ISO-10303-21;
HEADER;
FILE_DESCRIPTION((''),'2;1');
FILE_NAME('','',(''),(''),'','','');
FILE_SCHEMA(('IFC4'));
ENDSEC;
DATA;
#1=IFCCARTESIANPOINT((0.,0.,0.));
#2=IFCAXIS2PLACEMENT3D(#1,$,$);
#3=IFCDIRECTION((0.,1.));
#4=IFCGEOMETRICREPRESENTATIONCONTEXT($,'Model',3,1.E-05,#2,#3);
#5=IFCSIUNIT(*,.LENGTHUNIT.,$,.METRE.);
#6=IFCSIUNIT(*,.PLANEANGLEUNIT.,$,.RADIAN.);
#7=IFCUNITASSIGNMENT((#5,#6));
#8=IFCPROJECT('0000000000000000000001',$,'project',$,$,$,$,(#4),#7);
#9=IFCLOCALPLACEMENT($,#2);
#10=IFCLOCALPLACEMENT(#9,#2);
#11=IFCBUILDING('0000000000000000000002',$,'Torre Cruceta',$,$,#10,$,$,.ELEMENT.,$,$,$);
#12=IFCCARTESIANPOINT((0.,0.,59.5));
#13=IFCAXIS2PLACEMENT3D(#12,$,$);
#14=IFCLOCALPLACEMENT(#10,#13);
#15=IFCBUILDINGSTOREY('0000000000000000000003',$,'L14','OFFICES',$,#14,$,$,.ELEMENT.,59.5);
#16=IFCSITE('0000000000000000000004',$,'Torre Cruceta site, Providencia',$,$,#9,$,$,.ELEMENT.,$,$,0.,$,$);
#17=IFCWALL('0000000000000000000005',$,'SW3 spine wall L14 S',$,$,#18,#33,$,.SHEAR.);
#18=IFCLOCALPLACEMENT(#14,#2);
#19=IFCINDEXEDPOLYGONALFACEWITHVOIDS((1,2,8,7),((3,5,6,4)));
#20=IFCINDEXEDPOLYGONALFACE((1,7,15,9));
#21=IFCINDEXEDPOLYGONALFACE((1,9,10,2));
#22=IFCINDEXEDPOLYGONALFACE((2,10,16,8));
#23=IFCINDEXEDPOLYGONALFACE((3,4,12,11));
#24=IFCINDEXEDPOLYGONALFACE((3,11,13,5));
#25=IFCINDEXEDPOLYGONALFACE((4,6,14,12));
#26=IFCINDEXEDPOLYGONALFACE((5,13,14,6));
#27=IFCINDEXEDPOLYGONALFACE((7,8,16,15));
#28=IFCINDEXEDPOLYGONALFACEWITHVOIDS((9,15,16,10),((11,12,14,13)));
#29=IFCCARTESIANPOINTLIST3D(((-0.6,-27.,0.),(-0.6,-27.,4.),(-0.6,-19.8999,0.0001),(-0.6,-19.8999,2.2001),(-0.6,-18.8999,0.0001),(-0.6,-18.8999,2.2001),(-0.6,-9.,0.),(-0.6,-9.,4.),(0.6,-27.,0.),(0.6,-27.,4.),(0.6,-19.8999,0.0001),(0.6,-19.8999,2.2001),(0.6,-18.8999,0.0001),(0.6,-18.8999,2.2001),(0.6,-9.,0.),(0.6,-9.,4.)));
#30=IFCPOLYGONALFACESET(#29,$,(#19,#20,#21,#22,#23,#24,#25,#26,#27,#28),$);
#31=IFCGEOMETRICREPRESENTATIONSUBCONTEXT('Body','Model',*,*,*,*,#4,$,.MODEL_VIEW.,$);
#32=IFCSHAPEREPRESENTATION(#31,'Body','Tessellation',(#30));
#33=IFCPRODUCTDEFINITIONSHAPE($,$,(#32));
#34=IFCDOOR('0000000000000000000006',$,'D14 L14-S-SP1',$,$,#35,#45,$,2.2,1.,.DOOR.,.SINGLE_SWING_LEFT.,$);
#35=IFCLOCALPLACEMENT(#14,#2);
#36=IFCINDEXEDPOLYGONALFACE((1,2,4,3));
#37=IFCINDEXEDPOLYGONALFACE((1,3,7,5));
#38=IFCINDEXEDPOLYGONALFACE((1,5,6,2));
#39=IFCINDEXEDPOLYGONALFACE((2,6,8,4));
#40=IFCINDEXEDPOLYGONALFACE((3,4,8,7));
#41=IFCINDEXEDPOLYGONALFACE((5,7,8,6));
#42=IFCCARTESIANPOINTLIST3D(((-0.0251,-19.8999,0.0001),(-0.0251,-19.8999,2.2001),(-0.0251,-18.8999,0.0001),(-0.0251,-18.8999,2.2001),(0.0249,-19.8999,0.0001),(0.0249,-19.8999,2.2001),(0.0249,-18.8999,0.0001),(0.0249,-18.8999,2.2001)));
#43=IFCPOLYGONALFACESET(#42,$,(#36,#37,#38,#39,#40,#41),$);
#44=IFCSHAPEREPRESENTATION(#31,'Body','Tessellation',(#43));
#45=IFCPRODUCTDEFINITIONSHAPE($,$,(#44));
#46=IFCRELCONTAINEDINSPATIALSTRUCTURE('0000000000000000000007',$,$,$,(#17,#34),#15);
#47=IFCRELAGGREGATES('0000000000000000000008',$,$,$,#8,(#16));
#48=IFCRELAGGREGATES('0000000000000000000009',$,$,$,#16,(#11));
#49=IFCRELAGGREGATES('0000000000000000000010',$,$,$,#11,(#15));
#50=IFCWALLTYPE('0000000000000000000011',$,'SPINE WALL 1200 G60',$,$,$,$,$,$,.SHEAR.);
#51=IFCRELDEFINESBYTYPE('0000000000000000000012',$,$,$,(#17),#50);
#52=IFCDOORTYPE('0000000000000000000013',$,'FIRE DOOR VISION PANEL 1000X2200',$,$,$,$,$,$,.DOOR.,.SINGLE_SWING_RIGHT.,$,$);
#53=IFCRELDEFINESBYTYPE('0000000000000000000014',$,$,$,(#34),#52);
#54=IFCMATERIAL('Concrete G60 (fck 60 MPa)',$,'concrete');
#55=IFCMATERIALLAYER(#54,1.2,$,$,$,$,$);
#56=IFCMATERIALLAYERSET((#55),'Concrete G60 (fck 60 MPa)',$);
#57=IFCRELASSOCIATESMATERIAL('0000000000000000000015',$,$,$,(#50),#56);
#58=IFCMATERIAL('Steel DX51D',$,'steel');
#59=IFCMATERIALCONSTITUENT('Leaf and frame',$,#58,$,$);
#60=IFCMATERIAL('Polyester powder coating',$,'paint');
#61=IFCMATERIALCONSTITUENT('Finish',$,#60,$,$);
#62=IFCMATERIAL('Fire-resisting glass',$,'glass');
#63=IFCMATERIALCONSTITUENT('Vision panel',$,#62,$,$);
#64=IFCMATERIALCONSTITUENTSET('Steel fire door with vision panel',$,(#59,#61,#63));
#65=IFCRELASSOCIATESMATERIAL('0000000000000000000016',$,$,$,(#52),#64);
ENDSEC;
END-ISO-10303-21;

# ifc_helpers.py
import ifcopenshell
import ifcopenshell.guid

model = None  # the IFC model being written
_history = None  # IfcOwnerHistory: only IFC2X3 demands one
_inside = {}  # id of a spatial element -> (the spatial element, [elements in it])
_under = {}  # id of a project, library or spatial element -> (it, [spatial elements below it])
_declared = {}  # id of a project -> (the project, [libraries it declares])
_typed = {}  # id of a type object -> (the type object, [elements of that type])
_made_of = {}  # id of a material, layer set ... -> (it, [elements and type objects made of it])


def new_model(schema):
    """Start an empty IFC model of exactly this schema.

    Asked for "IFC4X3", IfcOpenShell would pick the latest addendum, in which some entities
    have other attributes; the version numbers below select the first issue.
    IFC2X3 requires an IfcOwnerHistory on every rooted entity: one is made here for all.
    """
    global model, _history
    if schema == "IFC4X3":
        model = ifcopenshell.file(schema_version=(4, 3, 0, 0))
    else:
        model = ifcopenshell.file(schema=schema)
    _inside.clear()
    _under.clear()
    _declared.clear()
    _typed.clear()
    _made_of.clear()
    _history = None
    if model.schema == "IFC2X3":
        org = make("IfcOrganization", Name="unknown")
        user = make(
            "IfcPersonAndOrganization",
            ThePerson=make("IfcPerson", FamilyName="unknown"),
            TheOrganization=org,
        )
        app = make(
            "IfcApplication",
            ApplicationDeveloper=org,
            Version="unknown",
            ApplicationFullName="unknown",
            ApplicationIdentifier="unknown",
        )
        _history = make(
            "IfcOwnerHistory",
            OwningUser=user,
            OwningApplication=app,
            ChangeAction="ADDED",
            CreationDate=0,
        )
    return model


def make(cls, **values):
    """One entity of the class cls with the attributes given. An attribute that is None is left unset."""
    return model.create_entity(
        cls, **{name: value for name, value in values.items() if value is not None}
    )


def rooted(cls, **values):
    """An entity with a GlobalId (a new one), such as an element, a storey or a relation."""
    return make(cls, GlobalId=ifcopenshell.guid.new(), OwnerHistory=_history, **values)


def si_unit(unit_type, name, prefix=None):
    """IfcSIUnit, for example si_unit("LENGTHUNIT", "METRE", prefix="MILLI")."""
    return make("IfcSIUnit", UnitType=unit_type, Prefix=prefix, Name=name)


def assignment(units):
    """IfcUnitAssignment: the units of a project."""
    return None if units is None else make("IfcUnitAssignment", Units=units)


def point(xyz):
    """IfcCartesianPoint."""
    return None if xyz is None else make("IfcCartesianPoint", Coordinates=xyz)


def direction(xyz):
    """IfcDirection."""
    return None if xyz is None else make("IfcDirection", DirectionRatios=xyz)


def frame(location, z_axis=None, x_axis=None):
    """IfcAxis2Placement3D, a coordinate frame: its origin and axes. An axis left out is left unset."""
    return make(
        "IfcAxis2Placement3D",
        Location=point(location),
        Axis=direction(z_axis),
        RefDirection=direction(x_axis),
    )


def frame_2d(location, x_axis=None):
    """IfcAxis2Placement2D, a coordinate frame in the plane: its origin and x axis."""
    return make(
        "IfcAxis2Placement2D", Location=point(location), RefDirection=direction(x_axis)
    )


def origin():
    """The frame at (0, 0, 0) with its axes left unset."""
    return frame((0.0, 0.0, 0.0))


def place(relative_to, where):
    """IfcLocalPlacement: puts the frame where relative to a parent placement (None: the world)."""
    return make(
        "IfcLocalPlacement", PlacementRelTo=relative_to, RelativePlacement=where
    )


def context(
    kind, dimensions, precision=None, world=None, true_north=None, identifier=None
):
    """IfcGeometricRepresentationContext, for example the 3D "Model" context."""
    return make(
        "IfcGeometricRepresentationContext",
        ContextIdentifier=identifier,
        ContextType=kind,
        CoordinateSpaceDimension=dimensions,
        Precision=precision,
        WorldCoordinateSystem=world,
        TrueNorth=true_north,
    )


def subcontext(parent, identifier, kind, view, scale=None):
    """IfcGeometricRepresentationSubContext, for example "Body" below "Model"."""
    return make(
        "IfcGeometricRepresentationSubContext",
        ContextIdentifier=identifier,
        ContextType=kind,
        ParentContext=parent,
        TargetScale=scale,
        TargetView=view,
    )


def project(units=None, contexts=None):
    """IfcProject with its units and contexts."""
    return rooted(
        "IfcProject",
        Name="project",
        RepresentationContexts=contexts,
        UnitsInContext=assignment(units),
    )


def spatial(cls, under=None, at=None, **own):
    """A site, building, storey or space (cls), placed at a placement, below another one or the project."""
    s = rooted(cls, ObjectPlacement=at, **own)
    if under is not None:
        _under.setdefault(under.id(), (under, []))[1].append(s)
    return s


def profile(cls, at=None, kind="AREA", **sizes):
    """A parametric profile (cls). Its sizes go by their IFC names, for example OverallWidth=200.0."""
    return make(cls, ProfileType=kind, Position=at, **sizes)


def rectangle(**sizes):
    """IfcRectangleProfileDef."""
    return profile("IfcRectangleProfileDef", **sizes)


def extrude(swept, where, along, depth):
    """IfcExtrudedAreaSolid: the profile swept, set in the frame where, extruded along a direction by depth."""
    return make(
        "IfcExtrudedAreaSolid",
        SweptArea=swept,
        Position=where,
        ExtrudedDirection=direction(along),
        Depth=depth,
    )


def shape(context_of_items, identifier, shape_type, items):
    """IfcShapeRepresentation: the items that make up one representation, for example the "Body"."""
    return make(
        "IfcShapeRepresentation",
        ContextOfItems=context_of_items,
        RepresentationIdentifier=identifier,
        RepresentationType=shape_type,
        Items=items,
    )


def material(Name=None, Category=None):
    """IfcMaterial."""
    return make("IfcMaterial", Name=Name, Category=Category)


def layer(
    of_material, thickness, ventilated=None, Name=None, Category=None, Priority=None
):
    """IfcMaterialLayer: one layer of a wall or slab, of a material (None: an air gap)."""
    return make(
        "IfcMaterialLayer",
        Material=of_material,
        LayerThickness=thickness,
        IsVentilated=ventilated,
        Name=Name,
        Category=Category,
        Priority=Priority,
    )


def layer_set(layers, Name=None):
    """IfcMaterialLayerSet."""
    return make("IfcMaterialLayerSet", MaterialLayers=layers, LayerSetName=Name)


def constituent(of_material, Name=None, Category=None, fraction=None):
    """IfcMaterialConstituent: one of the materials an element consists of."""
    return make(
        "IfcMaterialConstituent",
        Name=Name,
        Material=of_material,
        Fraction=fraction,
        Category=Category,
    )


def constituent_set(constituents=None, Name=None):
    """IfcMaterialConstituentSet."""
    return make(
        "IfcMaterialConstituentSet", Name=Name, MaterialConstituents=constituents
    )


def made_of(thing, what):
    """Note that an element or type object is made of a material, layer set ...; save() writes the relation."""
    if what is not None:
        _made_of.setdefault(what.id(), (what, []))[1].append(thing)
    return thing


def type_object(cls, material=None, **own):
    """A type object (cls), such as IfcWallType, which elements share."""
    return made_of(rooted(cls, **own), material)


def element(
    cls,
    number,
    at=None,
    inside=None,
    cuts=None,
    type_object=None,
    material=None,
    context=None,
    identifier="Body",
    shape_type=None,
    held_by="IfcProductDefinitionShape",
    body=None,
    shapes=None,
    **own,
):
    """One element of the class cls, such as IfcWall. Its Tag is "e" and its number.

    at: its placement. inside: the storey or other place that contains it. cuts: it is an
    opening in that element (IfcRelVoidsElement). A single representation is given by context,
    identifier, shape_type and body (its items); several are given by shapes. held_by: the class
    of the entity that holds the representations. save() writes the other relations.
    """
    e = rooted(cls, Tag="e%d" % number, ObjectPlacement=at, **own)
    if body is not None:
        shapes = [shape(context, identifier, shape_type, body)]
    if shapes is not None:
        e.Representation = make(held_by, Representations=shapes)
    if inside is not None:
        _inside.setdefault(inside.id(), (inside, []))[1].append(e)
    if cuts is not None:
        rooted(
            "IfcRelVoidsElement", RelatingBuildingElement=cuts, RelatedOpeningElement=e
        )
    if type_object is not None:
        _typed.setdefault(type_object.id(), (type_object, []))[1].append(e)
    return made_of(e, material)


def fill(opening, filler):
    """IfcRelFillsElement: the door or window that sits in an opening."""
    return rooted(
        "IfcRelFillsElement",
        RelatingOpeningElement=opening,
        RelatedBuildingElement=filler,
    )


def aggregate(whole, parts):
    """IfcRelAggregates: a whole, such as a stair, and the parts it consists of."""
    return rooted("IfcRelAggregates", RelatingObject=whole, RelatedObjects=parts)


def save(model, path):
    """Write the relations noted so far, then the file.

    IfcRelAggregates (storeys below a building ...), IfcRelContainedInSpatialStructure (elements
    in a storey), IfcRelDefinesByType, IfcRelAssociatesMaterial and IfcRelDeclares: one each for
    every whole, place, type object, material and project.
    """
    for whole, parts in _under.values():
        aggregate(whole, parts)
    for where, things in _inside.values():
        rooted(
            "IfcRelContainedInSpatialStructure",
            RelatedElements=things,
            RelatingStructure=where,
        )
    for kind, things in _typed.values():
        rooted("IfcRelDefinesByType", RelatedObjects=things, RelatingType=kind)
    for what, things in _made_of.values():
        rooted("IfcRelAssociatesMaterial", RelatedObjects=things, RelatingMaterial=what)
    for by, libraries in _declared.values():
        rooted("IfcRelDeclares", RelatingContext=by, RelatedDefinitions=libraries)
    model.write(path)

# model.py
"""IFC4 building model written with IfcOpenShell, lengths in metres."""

from ifc_helpers import new_model, si_unit, direction, frame, frame_2d, origin, place, context, subcontext, project, spatial, rectangle, extrude, material, layer, layer_set, constituent, constituent_set, type_object, element, fill, save


model = new_model("IFC4")

# Units and contexts
model_context = context("Model", 3, precision=1e-05, world=origin(), true_north=direction((0.0, 1.0)))
body_context = subcontext(model_context, "Body", "Model", "MODEL_VIEW")
ifc_project = project(units=[si_unit("LENGTHUNIT", "METRE"), si_unit("PLANEANGLEUNIT", "RADIAN")], contexts=[model_context])

# Site, building, storey
site_placement = place(None, origin())
site = spatial("IfcSite", under=ifc_project, at=site_placement, Name="Torre Cruceta site, Providencia", CompositionType="ELEMENT", RefElevation=0.0)
building_placement = place(site_placement, origin())
building = spatial("IfcBuilding", under=site, at=building_placement, Name="Torre Cruceta", CompositionType="ELEMENT")
storey_placement = place(building_placement, frame((0.0, 0.0, 59.5)))
storey = spatial("IfcBuildingStorey", under=building, at=storey_placement, Name="L14", Description="OFFICES", CompositionType="ELEMENT", Elevation=59.5)

# Wall, opening, door
ifc_material_1 = material(Name="Concrete G60 (fck 60 MPa)", Category="concrete")
ifc_layer_1 = layer(ifc_material_1, 1.2)
ifc_layer_set_1 = layer_set([ifc_layer_1], Name="Concrete G60 (fck 60 MPa)")
wall_type_1 = type_object("IfcWallType", Name="SPINE WALL 1200 G60", PredefinedType="SHEAR", material=ifc_layer_set_1)
wall_1_placement = place(storey_placement, frame((0.0, -9.0, 0.0), z_axis=(0.0, 0.0, 1.0), x_axis=(0.0, -1.0, 0.0)))
wall_1 = element("IfcWall", 1, at=wall_1_placement, inside=storey, type_object=wall_type_1, Name="SW3 spine wall L14 S", PredefinedType="SHEAR", context=body_context, shape_type="SweptSolid", body=[
    extrude(rectangle(XDim=18.0, YDim=1.2, at=frame_2d((9.0, 0.0))), origin(), (0.0, 0.0, 1.0), 4.0),
])
opening_1_placement = place(wall_1_placement, frame((9.8999, 0.0, 0.0)))
opening_1 = element("IfcOpeningElement", 2, at=opening_1_placement, cuts=wall_1, PredefinedType="OPENING", context=body_context, shape_type="SweptSolid", body=[
    extrude(rectangle(XDim=1.0, YDim=2.2, at=frame_2d((0.5, 1.1001))), frame((0.0, 0.6099, 0.0), z_axis=(0.0, -1.0, 0.0), x_axis=(1.0, 0.0, 0.0)), (0.0, 0.0, 1.0), 1.22),
])
ifc_material_2 = material(Name="Steel DX51D", Category="steel")
ifc_constituent_1 = constituent(ifc_material_2, Name="Leaf and frame")
ifc_material_3 = material(Name="Polyester powder coating", Category="paint")
ifc_constituent_2 = constituent(ifc_material_3, Name="Finish")
ifc_material_4 = material(Name="Fire-resisting glass", Category="glass")
ifc_constituent_3 = constituent(ifc_material_4, Name="Vision panel")
ifc_constituent_set_1 = constituent_set(constituents=[ifc_constituent_1, ifc_constituent_2, ifc_constituent_3], Name="Steel fire door with vision panel")
door_type_1 = type_object("IfcDoorType", Name="FIRE DOOR VISION PANEL 1000X2200", OperationType="SINGLE_SWING_RIGHT", PredefinedType="DOOR", material=ifc_constituent_set_1)
door_1_placement = place(opening_1_placement, frame((1.0, 0.0, 0.0), z_axis=(0.0, 0.0, 1.0), x_axis=(-1.0, 0.0, 0.0)))
door_1 = element("IfcDoor", 3, at=door_1_placement, inside=storey, type_object=door_type_1, Name="D14 L14-S-SP1", OperationType="SINGLE_SWING_LEFT", OverallHeight=2.2, OverallWidth=1.0, PredefinedType="DOOR", context=body_context, shape_type="SweptSolid", body=[
    extrude(rectangle(XDim=1.0, YDim=2.2, at=frame_2d((0.5, 1.1001))), frame((0.0, 0.0251, 0.0), z_axis=(0.0, -1.0, 0.0), x_axis=(1.0, 0.0, 0.0)), (0.0, 0.0, 1.0), 0.05),
])
fill(opening_1, door_1)

save(model, "model.ifc")
